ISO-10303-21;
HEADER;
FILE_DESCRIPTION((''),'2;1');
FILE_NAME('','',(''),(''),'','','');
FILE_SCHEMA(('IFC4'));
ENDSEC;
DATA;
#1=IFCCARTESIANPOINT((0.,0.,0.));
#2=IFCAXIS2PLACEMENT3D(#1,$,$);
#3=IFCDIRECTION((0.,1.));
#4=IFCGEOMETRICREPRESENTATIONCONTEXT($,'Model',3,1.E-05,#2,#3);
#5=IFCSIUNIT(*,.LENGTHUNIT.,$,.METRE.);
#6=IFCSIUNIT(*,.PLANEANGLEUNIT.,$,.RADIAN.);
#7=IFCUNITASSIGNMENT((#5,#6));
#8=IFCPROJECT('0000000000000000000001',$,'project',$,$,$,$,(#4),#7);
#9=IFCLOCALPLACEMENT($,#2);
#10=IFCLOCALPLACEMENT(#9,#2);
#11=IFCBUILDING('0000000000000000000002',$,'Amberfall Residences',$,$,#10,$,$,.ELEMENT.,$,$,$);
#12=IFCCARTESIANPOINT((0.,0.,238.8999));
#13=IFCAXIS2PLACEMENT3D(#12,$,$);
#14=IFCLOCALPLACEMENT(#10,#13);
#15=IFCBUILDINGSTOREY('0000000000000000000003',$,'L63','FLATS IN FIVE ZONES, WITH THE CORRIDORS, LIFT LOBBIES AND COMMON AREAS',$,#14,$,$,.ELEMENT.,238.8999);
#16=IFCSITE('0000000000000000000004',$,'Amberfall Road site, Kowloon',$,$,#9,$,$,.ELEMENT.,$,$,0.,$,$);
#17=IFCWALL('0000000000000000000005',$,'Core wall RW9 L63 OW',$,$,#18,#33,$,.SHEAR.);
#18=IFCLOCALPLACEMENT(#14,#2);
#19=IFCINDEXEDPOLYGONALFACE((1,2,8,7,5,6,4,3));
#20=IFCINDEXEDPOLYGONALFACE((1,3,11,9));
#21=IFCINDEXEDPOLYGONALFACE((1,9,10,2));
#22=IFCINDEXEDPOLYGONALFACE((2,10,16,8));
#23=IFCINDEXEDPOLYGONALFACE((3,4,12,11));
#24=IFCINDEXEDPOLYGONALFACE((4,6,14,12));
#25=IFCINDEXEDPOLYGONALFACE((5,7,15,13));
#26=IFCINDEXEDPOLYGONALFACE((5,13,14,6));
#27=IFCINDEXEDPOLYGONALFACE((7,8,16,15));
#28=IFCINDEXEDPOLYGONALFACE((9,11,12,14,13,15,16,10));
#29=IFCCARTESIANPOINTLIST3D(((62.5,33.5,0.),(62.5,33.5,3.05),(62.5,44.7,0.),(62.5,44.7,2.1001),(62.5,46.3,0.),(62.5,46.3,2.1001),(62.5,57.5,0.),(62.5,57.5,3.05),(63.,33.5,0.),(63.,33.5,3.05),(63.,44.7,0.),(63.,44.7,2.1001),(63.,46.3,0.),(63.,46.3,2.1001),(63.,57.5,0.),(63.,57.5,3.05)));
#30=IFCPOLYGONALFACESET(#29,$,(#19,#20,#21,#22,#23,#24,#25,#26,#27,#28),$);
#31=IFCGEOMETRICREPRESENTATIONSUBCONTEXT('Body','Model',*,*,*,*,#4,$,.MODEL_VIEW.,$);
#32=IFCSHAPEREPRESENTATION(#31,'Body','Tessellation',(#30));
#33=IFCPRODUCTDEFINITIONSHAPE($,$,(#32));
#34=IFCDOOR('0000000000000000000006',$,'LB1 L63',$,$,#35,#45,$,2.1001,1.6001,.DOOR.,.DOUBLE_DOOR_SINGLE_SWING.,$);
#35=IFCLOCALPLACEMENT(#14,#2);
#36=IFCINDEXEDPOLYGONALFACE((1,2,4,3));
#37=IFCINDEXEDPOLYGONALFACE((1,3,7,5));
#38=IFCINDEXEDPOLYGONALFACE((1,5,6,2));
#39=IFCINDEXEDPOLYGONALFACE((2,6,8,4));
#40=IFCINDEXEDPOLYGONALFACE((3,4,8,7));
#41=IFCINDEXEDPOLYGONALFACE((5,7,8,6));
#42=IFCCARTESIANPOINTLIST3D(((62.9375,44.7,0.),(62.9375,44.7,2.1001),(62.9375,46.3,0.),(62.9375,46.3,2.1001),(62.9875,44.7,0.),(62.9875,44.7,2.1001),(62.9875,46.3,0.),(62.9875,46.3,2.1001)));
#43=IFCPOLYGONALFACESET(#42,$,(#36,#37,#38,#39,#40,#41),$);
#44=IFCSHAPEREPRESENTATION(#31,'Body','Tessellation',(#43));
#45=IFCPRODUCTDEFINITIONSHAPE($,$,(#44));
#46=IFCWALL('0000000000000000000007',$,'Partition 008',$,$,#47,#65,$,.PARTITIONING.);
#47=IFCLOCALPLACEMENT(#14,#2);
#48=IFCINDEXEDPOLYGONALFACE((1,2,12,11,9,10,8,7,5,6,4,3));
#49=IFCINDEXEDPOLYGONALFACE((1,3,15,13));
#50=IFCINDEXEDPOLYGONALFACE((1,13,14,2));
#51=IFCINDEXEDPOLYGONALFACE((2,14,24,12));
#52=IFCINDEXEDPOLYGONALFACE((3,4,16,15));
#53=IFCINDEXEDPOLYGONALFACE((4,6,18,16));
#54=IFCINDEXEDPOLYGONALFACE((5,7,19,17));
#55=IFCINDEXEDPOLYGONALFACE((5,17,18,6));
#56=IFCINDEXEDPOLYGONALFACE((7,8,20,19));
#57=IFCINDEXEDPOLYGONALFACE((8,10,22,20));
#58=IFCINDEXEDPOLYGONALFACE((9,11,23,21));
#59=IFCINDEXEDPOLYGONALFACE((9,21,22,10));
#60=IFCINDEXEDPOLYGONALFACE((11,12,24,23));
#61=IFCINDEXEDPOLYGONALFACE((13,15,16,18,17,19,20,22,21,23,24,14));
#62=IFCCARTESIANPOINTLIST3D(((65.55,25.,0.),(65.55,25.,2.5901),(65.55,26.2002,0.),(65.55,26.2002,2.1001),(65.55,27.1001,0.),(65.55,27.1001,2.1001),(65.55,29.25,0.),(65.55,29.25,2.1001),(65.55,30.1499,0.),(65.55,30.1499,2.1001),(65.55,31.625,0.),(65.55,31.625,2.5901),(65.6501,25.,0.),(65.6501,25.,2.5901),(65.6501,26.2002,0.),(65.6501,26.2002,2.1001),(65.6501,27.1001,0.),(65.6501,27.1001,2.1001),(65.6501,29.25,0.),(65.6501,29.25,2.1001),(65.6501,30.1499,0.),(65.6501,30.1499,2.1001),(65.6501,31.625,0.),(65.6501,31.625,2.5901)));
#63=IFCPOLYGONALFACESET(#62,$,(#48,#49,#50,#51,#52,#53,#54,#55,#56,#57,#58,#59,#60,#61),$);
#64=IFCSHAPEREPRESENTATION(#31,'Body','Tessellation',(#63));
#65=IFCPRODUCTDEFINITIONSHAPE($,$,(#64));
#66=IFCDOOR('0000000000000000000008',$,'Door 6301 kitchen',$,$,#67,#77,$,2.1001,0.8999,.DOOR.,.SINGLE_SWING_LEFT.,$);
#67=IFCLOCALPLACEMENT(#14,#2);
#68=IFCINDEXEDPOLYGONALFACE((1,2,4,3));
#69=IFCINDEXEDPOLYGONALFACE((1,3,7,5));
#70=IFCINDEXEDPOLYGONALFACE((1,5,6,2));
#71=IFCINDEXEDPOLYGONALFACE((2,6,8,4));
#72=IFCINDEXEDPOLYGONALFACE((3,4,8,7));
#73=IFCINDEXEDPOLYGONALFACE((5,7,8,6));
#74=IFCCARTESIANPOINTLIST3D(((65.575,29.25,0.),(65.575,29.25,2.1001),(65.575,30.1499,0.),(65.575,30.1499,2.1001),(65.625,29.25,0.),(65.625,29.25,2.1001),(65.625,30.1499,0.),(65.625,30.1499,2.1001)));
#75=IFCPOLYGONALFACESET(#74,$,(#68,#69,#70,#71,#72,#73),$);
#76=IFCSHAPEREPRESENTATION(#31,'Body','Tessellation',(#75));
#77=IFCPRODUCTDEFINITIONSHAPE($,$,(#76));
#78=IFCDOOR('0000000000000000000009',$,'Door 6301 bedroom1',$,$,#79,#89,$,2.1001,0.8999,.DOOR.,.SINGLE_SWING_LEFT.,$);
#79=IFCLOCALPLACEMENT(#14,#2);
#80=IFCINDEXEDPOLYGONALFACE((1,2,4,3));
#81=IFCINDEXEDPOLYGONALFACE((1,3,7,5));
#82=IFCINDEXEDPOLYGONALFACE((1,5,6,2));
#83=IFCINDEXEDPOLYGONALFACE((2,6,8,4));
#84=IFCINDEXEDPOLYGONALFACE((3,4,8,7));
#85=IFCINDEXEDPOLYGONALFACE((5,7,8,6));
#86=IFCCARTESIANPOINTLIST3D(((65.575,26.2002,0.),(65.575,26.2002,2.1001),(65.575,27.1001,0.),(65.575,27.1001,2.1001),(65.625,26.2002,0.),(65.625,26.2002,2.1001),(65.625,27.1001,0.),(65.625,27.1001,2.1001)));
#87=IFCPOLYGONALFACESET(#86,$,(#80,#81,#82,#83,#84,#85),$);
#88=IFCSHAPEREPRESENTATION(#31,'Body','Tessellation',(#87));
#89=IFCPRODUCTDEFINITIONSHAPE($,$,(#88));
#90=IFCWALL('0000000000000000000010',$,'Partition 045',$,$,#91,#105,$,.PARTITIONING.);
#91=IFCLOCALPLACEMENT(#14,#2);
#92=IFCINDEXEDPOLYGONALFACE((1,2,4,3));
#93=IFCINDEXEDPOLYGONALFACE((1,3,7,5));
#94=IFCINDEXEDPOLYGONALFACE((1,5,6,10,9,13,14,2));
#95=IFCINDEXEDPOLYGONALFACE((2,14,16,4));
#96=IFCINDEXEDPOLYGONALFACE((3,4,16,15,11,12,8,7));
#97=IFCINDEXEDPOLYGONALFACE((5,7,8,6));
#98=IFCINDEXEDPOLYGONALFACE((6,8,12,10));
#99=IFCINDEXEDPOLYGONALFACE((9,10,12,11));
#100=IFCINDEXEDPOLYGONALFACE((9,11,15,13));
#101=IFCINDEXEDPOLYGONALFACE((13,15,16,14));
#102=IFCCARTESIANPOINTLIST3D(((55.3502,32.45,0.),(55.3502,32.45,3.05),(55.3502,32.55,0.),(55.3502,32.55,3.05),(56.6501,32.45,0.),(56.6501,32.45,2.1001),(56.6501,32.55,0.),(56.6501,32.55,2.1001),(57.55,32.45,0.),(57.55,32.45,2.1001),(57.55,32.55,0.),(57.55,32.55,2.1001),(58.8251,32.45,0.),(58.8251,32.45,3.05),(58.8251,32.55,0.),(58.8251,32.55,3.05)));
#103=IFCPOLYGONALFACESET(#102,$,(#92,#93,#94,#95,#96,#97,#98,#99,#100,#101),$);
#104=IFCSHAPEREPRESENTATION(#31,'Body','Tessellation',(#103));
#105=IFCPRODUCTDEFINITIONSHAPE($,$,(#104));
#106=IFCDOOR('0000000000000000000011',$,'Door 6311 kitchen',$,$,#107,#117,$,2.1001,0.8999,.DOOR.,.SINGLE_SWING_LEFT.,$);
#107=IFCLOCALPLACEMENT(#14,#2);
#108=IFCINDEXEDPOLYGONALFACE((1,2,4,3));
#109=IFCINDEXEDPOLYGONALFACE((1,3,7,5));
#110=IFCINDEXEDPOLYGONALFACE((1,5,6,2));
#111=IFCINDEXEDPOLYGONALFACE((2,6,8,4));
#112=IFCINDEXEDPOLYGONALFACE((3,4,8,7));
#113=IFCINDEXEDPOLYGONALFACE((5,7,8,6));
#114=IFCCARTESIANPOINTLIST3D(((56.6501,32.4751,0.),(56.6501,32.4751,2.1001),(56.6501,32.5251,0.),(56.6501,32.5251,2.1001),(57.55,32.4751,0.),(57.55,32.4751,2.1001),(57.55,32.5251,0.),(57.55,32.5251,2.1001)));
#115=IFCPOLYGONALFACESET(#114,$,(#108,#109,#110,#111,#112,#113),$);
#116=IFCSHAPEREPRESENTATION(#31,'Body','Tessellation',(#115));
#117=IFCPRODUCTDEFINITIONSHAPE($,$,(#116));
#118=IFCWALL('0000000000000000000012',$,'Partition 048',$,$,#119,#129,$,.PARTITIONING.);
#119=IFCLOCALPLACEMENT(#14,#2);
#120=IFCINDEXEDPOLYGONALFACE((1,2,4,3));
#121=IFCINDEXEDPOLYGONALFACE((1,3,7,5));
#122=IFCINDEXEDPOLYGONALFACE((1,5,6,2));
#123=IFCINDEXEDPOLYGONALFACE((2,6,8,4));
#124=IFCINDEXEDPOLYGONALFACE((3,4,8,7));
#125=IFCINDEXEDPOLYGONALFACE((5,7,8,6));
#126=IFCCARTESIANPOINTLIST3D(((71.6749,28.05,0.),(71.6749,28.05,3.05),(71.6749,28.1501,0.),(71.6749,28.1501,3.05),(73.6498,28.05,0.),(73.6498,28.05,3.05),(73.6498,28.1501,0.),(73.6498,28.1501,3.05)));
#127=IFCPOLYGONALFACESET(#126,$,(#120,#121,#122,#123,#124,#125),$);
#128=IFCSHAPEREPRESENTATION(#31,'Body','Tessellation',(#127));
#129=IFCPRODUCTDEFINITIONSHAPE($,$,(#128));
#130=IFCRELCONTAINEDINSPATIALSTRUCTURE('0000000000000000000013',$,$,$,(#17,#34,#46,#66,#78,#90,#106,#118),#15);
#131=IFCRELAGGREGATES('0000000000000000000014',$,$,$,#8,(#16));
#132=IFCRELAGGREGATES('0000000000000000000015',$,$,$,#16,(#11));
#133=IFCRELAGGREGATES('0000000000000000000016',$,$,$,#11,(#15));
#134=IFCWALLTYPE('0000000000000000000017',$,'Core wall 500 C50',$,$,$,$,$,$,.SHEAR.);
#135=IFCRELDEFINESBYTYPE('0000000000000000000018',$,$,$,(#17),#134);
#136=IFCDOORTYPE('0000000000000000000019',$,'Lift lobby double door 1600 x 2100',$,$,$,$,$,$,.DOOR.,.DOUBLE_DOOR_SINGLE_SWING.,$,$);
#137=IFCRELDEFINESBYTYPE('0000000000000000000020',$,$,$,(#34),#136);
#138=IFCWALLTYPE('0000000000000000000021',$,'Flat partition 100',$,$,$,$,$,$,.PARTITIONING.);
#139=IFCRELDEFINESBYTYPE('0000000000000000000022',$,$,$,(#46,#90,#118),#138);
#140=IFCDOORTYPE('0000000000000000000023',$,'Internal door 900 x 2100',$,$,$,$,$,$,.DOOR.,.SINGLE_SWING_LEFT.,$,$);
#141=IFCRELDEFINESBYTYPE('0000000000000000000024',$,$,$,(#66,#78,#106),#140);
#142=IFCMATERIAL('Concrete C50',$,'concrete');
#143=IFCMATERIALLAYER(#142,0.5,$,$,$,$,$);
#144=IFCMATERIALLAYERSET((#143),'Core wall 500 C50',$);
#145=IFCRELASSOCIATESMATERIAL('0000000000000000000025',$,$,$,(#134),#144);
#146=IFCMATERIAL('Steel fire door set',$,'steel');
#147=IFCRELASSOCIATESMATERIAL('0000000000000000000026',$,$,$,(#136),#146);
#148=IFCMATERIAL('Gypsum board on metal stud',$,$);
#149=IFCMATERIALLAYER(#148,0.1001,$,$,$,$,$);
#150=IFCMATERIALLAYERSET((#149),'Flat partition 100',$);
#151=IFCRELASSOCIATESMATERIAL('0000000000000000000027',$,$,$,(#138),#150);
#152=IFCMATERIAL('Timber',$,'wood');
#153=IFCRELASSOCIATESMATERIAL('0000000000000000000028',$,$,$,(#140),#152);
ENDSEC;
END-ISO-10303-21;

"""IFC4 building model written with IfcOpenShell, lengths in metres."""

from ifc_helpers import new_model, si_unit, direction, frame, frame_2d, origin, place, context, subcontext, project, spatial, rectangle, extrude, material, layer, layer_set, type_object, element, fill, save


model = new_model("IFC4")

# Units and contexts
model_context = context("Model", 3, precision=1e-05, world=origin(), true_north=direction((0.0, 1.0)))
body_context = subcontext(model_context, "Body", "Model", "MODEL_VIEW")
ifc_project = project(units=[si_unit("LENGTHUNIT", "METRE"), si_unit("PLANEANGLEUNIT", "RADIAN")], contexts=[model_context])

# Site, building, storey
site_placement = place(None, origin())
site = spatial("IfcSite", under=ifc_project, at=site_placement, Name="Amberfall Road site, Kowloon", CompositionType="ELEMENT", RefElevation=0.0)
building_placement = place(site_placement, origin())
building = spatial("IfcBuilding", under=site, at=building_placement, Name="Amberfall Residences", CompositionType="ELEMENT")
storey_placement = place(building_placement, frame((0.0, 0.0, 238.8999)))
storey = spatial("IfcBuildingStorey", under=building, at=storey_placement, Name="L63", Description="FLATS IN FIVE ZONES, WITH THE CORRIDORS, LIFT LOBBIES AND COMMON AREAS", CompositionType="ELEMENT", Elevation=238.8999)

# Shared definitions
ifc_material_1 = material(Name="Concrete C50", Category="concrete")
ifc_material_2 = material(Name="Steel fire door set", Category="steel")

# Shared definitions
ifc_layer_1 = layer(ifc_material_1, 0.5)
ifc_layer_set_1 = layer_set([ifc_layer_1], Name="Core wall 500 C50")
wall_type_1 = type_object("IfcWallType", Name="Core wall 500 C50", PredefinedType="SHEAR", material=ifc_layer_set_1)

# Wall, opening, door
wall_1_placement = place(storey_placement, frame((62.75, 33.5, 0.0), z_axis=(0.0, 0.0, 1.0), x_axis=(0.0, 1.0, 0.0)))
wall_1 = element("IfcWall", 1, at=wall_1_placement, inside=storey, type_object=wall_type_1, Name="Core wall RW9 L63 OW", PredefinedType="SHEAR", context=body_context, shape_type="SweptSolid", body=[
    extrude(rectangle(XDim=24.0, YDim=0.5, at=frame_2d((12.0, 0.0))), origin(), (0.0, 0.0, 1.0), 3.05),
])
opening_1_placement = place(wall_1_placement, frame((11.2, 0.0, 0.0)))
opening_1 = element("IfcOpeningElement", 2, at=opening_1_placement, cuts=wall_1, PredefinedType="OPENING", context=body_context, shape_type="SweptSolid", body=[
    extrude(rectangle(XDim=1.6001, YDim=2.1001, at=frame_2d((0.8, 1.05))), frame((0.0, 0.26, 0.0), z_axis=(0.0, -1.0, 0.0), x_axis=(1.0, 0.0, 0.0)), (0.0, 0.0, 1.0), 0.52),
])
door_type_1 = type_object("IfcDoorType", Name="Lift lobby double door 1600 x 2100", OperationType="DOUBLE_DOOR_SINGLE_SWING", PredefinedType="DOOR", material=ifc_material_2)
door_1_placement = place(opening_1_placement, origin())
door_1 = element("IfcDoor", 3, at=door_1_placement, inside=storey, type_object=door_type_1, Name="LB1 L63", OperationType="DOUBLE_DOOR_SINGLE_SWING", OverallHeight=2.1001, OverallWidth=1.6001, PredefinedType="DOOR", context=body_context, shape_type="SweptSolid", body=[
    extrude(rectangle(XDim=1.6001, YDim=2.1001, at=frame_2d((0.8, 1.05))), frame((0.0, -0.1875, 0.0), z_axis=(0.0, -1.0, 0.0), x_axis=(1.0, 0.0, 0.0)), (0.0, 0.0, 1.0), 0.05),
])
fill(opening_1, door_1)

# Wall, openings, doors
ifc_material_3 = material(Name="Gypsum board on metal stud")
ifc_layer_2 = layer(ifc_material_3, 0.1001)
ifc_layer_set_2 = layer_set([ifc_layer_2], Name="Flat partition 100")
wall_type_2 = type_object("IfcWallType", Name="Flat partition 100", PredefinedType="PARTITIONING", material=ifc_layer_set_2)
wall_2_placement = place(storey_placement, frame((65.6001, 31.625, 0.0), z_axis=(0.0, 0.0, 1.0), x_axis=(0.0, -1.0, 0.0)))
wall_2 = element("IfcWall", 4, at=wall_2_placement, inside=storey, type_object=wall_type_2, Name="Partition 008", PredefinedType="PARTITIONING", context=body_context, shape_type="SweptSolid", body=[
    extrude(rectangle(XDim=6.625, YDim=0.1001, at=frame_2d((3.3125, 0.0))), origin(), (0.0, 0.0, 1.0), 2.5901),
])
opening_2_placement = place(wall_2_placement, frame((1.4751, 0.0, 0.0)))
opening_2 = element("IfcOpeningElement", 5, at=opening_2_placement, cuts=wall_2, PredefinedType="OPENING", context=body_context, shape_type="SweptSolid", body=[
    extrude(rectangle(XDim=0.8999, YDim=2.1001, at=frame_2d((0.45, 1.05))), frame((0.0, 0.0601, 0.0), z_axis=(0.0, -1.0, 0.0), x_axis=(1.0, 0.0, 0.0)), (0.0, 0.0, 1.0), 0.1201),
])
opening_3_placement = place(wall_2_placement, frame((4.5249, 0.0, 0.0)))
opening_3 = element("IfcOpeningElement", 6, at=opening_3_placement, cuts=wall_2, PredefinedType="OPENING", context=body_context, shape_type="SweptSolid", body=[
    extrude(rectangle(XDim=0.8999, YDim=2.1001, at=frame_2d((0.45, 1.05))), frame((0.0, 0.0601, 0.0), z_axis=(0.0, -1.0, 0.0), x_axis=(1.0, 0.0, 0.0)), (0.0, 0.0, 1.0), 0.1201),
])
ifc_material_4 = material(Name="Timber", Category="wood")
door_type_2 = type_object("IfcDoorType", Name="Internal door 900 x 2100", OperationType="SINGLE_SWING_LEFT", PredefinedType="DOOR", material=ifc_material_4)
door_2_placement = place(opening_2_placement, origin())
door_2 = element("IfcDoor", 7, at=door_2_placement, inside=storey, type_object=door_type_2, Name="Door 6301 kitchen", OperationType="SINGLE_SWING_LEFT", OverallHeight=2.1001, OverallWidth=0.8999, PredefinedType="DOOR", context=body_context, shape_type="SweptSolid", body=[
    extrude(rectangle(XDim=0.8999, YDim=2.1001, at=frame_2d((0.45, 1.05))), frame((0.0, 0.0249, 0.0), z_axis=(0.0, -1.0, 0.0), x_axis=(1.0, 0.0, 0.0)), (0.0, 0.0, 1.0), 0.05),
])
fill(opening_2, door_2)
door_3_placement = place(opening_3_placement, origin())
door_3 = element("IfcDoor", 8, at=door_3_placement, inside=storey, type_object=door_type_2, Name="Door 6301 bedroom1", OperationType="SINGLE_SWING_LEFT", OverallHeight=2.1001, OverallWidth=0.8999, PredefinedType="DOOR", context=body_context, shape_type="SweptSolid", body=[
    extrude(rectangle(XDim=0.8999, YDim=2.1001, at=frame_2d((0.45, 1.05))), frame((0.0, 0.0249, 0.0), z_axis=(0.0, -1.0, 0.0), x_axis=(1.0, 0.0, 0.0)), (0.0, 0.0, 1.0), 0.05),
])
fill(opening_3, door_3)

# Wall, opening, door
wall_3_placement = place(storey_placement, frame((58.825, 32.5, 0.0), z_axis=(0.0, 0.0, 1.0), x_axis=(-1.0, 0.0, 0.0)))
wall_3 = element("IfcWall", 9, at=wall_3_placement, inside=storey, type_object=wall_type_2, Name="Partition 045", PredefinedType="PARTITIONING", context=body_context, shape_type="SweptSolid", body=[
    extrude(rectangle(XDim=3.4749, YDim=0.1001, at=frame_2d((1.7373, 0.0))), origin(), (0.0, 0.0, 1.0), 3.05),
])
opening_4_placement = place(wall_3_placement, frame((1.2749, 0.0, 0.0)))
opening_4 = element("IfcOpeningElement", 10, at=opening_4_placement, cuts=wall_3, PredefinedType="OPENING", context=body_context, shape_type="SweptSolid", body=[
    extrude(rectangle(XDim=0.8999, YDim=2.1001, at=frame_2d((0.45, 1.05))), frame((0.0, 0.0601, 0.0), z_axis=(0.0, -1.0, 0.0), x_axis=(1.0, 0.0, 0.0)), (0.0, 0.0, 1.0), 0.1201),
])
door_4_placement = place(opening_4_placement, origin())
door_4 = element("IfcDoor", 11, at=door_4_placement, inside=storey, type_object=door_type_2, Name="Door 6311 kitchen", OperationType="SINGLE_SWING_LEFT", OverallHeight=2.1001, OverallWidth=0.8999, PredefinedType="DOOR", context=body_context, shape_type="SweptSolid", body=[
    extrude(rectangle(XDim=0.8999, YDim=2.1001, at=frame_2d((0.45, 1.05))), frame((0.0, 0.0249, 0.0), z_axis=(0.0, -1.0, 0.0), x_axis=(1.0, 0.0, 0.0)), (0.0, 0.0, 1.0), 0.05),
])
fill(opening_4, door_4)

# Wall
wall_4_placement = place(storey_placement, frame((71.675, 28.1001, 0.0), z_axis=(0.0, 0.0, 1.0), x_axis=(1.0, 0.0, 0.0)))
element("IfcWall", 12, at=wall_4_placement, inside=storey, type_object=wall_type_2, Name="Partition 048", PredefinedType="PARTITIONING", context=body_context, shape_type="SweptSolid", body=[
    extrude(rectangle(XDim=1.9749, YDim=0.1001, at=frame_2d((0.9873, 0.0))), origin(), (0.0, 0.0, 1.0), 3.05),
])

save(model, "model.ifc")
